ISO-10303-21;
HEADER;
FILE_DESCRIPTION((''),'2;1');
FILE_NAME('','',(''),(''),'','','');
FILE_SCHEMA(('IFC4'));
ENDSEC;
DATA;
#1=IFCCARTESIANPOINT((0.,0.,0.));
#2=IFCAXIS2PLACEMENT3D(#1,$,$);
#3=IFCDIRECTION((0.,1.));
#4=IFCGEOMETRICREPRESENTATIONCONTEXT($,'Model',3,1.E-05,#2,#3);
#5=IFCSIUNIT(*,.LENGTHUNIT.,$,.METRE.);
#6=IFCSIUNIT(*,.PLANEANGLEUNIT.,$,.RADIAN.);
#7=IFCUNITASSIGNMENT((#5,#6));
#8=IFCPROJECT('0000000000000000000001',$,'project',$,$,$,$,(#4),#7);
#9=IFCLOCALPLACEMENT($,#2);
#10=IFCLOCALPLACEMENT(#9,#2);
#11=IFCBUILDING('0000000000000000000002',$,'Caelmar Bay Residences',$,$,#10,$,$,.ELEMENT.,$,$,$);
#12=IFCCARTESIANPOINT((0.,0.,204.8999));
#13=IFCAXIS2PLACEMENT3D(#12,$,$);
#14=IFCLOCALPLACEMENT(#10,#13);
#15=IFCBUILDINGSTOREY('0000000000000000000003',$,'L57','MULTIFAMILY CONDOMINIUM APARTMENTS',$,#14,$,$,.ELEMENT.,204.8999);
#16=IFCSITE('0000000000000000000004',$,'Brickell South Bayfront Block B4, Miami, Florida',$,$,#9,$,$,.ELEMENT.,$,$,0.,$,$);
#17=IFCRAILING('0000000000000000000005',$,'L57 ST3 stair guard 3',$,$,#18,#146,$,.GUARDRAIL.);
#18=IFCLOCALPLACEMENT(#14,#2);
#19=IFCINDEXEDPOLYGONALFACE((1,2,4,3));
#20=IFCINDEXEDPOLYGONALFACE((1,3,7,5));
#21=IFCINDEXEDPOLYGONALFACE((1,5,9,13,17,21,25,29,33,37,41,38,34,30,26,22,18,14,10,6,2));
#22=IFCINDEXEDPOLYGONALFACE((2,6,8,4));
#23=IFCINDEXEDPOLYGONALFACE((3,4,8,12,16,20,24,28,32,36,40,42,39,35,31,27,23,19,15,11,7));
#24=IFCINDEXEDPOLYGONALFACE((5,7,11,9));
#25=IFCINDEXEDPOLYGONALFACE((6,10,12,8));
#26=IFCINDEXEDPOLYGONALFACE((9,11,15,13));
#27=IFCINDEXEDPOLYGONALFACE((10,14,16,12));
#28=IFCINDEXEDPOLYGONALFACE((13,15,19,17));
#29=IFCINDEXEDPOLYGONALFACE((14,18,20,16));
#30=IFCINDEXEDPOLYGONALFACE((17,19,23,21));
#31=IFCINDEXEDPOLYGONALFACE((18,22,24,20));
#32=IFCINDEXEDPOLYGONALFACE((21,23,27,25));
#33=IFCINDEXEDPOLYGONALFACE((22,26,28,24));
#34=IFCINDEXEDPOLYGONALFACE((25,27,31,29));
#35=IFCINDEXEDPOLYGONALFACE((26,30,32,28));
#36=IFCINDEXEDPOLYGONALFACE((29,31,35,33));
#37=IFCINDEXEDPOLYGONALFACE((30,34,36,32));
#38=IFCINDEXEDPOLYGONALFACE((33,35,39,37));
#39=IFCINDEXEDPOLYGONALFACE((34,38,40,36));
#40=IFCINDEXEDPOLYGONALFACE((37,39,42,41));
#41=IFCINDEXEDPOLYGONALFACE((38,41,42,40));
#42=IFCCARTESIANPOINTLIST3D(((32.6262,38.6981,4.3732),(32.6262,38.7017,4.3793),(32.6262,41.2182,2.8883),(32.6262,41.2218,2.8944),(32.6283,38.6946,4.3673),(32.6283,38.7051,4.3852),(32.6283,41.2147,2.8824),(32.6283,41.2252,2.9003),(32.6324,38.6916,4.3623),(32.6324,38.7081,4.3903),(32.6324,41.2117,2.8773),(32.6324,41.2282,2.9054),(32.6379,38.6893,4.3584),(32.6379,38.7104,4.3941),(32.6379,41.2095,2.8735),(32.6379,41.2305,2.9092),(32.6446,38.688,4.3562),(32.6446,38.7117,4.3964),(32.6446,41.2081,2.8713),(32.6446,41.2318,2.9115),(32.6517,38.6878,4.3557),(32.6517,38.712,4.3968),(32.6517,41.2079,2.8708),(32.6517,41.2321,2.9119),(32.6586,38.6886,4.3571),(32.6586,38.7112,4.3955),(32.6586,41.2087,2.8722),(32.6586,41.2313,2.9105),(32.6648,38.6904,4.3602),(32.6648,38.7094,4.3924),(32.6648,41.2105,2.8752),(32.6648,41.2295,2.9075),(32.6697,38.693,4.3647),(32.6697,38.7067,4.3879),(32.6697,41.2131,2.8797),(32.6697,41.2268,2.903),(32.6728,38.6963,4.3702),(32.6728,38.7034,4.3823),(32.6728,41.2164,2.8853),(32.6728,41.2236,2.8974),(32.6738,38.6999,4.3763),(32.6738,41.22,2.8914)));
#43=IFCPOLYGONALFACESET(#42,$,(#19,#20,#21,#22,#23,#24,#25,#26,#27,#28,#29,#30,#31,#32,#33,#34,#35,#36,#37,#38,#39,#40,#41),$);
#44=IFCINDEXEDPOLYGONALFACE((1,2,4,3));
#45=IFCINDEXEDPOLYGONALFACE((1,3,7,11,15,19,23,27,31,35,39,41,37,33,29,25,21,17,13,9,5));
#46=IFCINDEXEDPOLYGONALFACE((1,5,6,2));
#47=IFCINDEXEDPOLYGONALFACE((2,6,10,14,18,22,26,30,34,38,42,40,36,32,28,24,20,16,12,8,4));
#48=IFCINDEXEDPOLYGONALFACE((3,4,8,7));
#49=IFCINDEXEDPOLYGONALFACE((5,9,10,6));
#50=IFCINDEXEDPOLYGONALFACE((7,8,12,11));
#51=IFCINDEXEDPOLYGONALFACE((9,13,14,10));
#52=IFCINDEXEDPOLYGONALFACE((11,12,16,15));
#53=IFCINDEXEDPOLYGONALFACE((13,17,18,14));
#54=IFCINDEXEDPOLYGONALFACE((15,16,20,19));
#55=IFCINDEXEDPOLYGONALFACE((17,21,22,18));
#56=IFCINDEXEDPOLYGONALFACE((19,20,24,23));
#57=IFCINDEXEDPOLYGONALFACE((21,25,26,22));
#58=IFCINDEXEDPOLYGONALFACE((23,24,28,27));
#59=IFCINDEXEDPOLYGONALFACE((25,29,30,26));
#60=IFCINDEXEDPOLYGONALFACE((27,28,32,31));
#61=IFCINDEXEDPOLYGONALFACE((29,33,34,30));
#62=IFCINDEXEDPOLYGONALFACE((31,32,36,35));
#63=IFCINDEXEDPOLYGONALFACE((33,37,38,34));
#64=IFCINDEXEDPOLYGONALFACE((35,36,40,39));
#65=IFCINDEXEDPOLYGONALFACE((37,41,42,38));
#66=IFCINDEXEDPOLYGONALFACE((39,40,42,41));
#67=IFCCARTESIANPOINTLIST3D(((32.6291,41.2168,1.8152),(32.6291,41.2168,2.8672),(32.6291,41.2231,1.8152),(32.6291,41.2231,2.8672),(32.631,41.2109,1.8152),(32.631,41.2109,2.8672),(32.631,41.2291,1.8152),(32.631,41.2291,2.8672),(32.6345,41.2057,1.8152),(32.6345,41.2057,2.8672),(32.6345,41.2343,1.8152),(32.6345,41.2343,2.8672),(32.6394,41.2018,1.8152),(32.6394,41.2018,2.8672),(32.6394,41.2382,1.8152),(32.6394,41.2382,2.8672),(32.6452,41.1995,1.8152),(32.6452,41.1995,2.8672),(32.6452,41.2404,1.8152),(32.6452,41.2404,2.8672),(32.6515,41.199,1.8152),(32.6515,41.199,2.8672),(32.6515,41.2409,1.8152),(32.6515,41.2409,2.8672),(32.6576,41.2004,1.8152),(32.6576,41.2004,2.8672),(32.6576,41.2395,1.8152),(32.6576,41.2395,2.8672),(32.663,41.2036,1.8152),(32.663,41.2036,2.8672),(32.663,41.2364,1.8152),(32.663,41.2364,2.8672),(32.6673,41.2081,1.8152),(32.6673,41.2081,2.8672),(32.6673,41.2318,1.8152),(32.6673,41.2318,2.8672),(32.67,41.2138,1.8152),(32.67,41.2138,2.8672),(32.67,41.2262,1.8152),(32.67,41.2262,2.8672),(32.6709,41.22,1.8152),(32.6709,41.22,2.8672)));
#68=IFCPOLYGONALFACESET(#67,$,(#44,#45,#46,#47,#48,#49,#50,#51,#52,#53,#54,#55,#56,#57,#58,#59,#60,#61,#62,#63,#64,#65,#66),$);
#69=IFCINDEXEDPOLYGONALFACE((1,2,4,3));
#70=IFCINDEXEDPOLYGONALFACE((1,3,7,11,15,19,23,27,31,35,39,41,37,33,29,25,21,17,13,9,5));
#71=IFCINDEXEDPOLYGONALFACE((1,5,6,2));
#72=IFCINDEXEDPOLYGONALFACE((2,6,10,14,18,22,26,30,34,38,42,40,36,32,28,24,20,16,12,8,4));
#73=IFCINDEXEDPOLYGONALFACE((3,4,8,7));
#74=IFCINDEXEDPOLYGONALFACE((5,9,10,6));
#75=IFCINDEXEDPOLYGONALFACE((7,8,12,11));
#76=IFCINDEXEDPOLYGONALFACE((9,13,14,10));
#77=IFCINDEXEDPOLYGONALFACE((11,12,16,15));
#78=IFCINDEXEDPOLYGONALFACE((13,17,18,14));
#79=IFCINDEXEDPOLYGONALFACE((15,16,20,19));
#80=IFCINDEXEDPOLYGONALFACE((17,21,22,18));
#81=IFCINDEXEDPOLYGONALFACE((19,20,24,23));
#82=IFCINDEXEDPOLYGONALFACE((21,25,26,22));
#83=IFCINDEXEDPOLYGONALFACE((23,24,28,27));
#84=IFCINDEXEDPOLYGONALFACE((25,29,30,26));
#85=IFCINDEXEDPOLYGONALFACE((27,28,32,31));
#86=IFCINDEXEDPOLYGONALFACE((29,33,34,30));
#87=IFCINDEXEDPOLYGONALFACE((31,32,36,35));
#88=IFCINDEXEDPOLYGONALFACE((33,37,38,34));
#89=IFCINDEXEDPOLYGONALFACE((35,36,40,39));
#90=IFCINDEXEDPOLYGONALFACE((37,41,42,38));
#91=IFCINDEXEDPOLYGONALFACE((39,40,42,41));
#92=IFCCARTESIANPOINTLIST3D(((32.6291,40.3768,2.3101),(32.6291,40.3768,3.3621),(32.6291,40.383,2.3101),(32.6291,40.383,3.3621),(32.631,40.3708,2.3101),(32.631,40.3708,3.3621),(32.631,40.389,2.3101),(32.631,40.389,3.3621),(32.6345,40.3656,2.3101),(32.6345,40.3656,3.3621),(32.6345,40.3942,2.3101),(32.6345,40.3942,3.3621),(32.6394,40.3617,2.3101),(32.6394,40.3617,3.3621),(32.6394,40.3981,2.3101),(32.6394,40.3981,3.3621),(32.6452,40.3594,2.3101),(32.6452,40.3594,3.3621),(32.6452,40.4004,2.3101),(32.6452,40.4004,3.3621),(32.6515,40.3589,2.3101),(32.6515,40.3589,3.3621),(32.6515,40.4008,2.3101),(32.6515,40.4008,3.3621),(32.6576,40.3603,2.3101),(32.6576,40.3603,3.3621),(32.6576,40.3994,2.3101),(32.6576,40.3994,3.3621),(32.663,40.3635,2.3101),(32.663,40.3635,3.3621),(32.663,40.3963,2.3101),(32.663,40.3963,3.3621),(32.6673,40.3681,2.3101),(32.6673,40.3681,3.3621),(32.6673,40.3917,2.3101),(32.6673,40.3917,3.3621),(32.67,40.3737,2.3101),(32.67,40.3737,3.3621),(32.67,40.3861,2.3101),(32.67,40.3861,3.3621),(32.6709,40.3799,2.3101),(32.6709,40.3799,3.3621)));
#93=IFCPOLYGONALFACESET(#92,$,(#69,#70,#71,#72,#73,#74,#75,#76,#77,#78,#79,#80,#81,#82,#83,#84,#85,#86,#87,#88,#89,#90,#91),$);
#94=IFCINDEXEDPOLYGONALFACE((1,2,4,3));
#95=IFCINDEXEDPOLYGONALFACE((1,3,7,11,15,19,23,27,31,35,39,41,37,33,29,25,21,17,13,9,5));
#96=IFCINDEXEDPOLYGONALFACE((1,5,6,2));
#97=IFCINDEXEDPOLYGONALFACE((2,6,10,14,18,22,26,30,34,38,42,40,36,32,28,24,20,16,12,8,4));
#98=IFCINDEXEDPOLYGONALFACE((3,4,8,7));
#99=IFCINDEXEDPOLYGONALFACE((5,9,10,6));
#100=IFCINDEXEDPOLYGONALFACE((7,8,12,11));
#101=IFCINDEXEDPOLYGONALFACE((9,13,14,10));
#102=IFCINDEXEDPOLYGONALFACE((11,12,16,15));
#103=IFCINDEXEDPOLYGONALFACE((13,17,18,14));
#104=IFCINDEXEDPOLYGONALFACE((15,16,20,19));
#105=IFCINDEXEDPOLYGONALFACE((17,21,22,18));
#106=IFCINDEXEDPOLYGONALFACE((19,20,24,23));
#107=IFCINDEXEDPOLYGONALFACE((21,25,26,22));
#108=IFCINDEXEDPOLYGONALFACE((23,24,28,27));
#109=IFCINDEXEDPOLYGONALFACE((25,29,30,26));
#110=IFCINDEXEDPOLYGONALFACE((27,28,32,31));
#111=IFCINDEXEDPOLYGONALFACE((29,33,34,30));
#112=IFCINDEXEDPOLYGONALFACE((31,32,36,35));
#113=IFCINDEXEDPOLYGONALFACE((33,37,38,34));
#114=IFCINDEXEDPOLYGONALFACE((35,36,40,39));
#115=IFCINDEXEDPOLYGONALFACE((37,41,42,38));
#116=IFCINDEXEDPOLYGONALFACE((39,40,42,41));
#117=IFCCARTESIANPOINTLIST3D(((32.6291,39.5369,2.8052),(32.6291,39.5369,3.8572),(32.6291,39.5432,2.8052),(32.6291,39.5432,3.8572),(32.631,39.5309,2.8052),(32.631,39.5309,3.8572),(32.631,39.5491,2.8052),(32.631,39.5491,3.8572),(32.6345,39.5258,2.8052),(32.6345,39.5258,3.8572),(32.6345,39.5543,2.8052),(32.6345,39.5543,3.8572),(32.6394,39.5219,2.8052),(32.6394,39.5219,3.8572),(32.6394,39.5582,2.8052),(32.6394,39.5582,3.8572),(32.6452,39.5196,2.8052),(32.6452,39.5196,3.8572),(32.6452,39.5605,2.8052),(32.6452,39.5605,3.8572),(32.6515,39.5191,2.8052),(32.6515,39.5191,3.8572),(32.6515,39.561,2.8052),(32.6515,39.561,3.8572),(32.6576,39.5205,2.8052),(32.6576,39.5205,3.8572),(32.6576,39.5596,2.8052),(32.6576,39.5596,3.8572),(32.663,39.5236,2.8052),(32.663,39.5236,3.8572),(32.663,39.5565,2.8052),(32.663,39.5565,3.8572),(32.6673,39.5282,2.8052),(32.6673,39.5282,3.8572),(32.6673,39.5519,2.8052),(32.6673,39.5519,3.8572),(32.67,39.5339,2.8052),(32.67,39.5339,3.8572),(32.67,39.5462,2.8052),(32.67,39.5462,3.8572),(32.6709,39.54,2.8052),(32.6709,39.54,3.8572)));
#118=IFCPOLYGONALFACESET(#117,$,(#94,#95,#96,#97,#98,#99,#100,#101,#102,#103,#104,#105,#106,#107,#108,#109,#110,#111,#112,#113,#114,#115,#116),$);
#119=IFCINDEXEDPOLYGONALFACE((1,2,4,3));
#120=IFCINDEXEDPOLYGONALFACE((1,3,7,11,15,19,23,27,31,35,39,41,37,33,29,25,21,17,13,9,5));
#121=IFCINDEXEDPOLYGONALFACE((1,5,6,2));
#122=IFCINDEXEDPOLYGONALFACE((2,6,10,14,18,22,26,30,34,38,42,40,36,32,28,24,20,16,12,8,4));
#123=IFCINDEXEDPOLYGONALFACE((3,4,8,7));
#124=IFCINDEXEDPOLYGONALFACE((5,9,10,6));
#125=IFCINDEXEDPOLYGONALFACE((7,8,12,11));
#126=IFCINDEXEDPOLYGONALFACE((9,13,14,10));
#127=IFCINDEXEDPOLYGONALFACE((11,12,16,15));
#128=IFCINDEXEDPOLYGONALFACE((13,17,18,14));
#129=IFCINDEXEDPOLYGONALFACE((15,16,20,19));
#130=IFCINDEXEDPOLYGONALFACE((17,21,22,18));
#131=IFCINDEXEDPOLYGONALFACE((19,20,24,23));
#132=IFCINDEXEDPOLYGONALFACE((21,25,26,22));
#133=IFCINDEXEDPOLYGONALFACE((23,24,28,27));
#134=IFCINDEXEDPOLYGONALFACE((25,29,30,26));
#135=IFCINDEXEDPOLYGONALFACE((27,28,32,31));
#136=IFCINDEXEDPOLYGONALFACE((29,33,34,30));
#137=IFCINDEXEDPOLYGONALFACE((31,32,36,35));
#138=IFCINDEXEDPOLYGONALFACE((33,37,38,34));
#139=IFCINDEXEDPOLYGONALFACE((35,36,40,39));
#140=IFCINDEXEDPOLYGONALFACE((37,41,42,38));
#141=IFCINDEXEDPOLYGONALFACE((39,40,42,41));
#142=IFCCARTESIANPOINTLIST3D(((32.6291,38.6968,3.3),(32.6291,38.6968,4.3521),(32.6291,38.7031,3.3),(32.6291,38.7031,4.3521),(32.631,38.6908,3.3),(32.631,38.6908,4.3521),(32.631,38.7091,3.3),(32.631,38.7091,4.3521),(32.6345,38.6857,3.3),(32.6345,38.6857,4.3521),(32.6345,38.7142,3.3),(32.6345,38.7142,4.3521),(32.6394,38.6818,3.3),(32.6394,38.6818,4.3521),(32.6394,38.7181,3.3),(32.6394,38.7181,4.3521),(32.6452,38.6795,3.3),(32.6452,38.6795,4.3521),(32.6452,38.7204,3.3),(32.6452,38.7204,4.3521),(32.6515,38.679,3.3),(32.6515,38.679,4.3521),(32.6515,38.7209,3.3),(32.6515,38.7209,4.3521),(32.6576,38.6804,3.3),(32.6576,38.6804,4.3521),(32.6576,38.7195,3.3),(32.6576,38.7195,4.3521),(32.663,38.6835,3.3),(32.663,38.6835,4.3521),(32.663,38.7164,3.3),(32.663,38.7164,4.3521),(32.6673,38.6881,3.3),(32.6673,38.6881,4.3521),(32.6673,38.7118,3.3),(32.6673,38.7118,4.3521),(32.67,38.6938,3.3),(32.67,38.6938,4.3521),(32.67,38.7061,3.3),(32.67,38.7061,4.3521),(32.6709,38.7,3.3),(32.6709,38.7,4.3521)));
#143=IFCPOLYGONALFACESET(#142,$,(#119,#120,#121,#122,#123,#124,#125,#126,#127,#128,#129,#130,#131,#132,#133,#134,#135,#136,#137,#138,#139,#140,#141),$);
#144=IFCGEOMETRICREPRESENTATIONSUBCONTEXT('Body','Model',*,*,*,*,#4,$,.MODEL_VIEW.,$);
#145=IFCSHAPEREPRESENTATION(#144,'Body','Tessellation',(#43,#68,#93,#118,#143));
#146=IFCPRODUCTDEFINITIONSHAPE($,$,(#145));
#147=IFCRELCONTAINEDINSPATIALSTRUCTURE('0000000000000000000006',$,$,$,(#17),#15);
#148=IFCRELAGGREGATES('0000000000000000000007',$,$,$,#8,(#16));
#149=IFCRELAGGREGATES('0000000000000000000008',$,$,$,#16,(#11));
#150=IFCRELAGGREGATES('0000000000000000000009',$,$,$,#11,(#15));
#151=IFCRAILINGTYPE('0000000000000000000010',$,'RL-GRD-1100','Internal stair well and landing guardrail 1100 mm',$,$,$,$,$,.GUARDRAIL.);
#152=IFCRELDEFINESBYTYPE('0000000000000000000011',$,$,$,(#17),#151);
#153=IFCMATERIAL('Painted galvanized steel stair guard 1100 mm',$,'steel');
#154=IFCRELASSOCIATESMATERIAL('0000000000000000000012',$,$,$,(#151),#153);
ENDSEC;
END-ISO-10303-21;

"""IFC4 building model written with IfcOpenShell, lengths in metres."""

from ifc_helpers import new_model, si_unit, direction, frame, origin, origin_2d, place, context, subcontext, project, spatial, circle, extrude, material, type_object, element, save


model = new_model("IFC4")

# Units and contexts
model_context = context("Model", 3, precision=1e-05, world=origin(), true_north=direction((0.0, 1.0)))
body_context = subcontext(model_context, "Body", "Model", "MODEL_VIEW")
ifc_project = project(units=[si_unit("LENGTHUNIT", "METRE"), si_unit("PLANEANGLEUNIT", "RADIAN")], contexts=[model_context])

# Site, building, storey
site_placement = place(None, origin())
site = spatial("IfcSite", under=ifc_project, at=site_placement, Name="Brickell South Bayfront Block B4, Miami, Florida", CompositionType="ELEMENT", RefElevation=0.0)
building_placement = place(site_placement, origin())
building = spatial("IfcBuilding", under=site, at=building_placement, Name="Caelmar Bay Residences", CompositionType="ELEMENT")
storey_placement = place(building_placement, frame((0.0, 0.0, 204.8999)))
storey = spatial("IfcBuildingStorey", under=building, at=storey_placement, Name="L57", Description="MULTIFAMILY CONDOMINIUM APARTMENTS", CompositionType="ELEMENT", Elevation=204.8999)

# Railing
ifc_material_1 = material(Name="Painted galvanized steel stair guard 1100 mm", Category="steel")
railing_type_1 = type_object("IfcRailingType", Name="RL-GRD-1100", Description="Internal stair well and landing guardrail 1100 mm", PredefinedType="GUARDRAIL", material=ifc_material_1)
railing_1_placement = place(storey_placement, frame((32.6499, 41.22, 1.8152)))
element("IfcRailing", 1, at=railing_1_placement, inside=storey, type_object=railing_type_1, Name="L57 ST3 stair guard 3", PredefinedType="GUARDRAIL", context=body_context, shape_type="SweptSolid", body=[
    extrude(circle(Radius=0.0239, at=origin_2d()), frame((0.0, 0.0, 1.0762), z_axis=(0.0, -0.861561, 0.507655), x_axis=(1.0, 0.0, 0.0)), (0.0, 0.0, 1.0), 2.925),
    extrude(circle(Radius=0.021, at=origin_2d()), origin(), (0.0, 0.0, 1.0), 1.052),
    extrude(circle(Radius=0.021, at=origin_2d()), frame((0.0, -0.8401, 0.4949)), (0.0, 0.0, 1.0), 1.052),
    extrude(circle(Radius=0.021, at=origin_2d()), frame((0.0, -1.6799, 0.99)), (0.0, 0.0, 1.0), 1.052),
    extrude(circle(Radius=0.021, at=origin_2d()), frame((0.0, -2.52, 1.4849)), (0.0, 0.0, 1.0), 1.052),
])

save(model, "model.ifc")
